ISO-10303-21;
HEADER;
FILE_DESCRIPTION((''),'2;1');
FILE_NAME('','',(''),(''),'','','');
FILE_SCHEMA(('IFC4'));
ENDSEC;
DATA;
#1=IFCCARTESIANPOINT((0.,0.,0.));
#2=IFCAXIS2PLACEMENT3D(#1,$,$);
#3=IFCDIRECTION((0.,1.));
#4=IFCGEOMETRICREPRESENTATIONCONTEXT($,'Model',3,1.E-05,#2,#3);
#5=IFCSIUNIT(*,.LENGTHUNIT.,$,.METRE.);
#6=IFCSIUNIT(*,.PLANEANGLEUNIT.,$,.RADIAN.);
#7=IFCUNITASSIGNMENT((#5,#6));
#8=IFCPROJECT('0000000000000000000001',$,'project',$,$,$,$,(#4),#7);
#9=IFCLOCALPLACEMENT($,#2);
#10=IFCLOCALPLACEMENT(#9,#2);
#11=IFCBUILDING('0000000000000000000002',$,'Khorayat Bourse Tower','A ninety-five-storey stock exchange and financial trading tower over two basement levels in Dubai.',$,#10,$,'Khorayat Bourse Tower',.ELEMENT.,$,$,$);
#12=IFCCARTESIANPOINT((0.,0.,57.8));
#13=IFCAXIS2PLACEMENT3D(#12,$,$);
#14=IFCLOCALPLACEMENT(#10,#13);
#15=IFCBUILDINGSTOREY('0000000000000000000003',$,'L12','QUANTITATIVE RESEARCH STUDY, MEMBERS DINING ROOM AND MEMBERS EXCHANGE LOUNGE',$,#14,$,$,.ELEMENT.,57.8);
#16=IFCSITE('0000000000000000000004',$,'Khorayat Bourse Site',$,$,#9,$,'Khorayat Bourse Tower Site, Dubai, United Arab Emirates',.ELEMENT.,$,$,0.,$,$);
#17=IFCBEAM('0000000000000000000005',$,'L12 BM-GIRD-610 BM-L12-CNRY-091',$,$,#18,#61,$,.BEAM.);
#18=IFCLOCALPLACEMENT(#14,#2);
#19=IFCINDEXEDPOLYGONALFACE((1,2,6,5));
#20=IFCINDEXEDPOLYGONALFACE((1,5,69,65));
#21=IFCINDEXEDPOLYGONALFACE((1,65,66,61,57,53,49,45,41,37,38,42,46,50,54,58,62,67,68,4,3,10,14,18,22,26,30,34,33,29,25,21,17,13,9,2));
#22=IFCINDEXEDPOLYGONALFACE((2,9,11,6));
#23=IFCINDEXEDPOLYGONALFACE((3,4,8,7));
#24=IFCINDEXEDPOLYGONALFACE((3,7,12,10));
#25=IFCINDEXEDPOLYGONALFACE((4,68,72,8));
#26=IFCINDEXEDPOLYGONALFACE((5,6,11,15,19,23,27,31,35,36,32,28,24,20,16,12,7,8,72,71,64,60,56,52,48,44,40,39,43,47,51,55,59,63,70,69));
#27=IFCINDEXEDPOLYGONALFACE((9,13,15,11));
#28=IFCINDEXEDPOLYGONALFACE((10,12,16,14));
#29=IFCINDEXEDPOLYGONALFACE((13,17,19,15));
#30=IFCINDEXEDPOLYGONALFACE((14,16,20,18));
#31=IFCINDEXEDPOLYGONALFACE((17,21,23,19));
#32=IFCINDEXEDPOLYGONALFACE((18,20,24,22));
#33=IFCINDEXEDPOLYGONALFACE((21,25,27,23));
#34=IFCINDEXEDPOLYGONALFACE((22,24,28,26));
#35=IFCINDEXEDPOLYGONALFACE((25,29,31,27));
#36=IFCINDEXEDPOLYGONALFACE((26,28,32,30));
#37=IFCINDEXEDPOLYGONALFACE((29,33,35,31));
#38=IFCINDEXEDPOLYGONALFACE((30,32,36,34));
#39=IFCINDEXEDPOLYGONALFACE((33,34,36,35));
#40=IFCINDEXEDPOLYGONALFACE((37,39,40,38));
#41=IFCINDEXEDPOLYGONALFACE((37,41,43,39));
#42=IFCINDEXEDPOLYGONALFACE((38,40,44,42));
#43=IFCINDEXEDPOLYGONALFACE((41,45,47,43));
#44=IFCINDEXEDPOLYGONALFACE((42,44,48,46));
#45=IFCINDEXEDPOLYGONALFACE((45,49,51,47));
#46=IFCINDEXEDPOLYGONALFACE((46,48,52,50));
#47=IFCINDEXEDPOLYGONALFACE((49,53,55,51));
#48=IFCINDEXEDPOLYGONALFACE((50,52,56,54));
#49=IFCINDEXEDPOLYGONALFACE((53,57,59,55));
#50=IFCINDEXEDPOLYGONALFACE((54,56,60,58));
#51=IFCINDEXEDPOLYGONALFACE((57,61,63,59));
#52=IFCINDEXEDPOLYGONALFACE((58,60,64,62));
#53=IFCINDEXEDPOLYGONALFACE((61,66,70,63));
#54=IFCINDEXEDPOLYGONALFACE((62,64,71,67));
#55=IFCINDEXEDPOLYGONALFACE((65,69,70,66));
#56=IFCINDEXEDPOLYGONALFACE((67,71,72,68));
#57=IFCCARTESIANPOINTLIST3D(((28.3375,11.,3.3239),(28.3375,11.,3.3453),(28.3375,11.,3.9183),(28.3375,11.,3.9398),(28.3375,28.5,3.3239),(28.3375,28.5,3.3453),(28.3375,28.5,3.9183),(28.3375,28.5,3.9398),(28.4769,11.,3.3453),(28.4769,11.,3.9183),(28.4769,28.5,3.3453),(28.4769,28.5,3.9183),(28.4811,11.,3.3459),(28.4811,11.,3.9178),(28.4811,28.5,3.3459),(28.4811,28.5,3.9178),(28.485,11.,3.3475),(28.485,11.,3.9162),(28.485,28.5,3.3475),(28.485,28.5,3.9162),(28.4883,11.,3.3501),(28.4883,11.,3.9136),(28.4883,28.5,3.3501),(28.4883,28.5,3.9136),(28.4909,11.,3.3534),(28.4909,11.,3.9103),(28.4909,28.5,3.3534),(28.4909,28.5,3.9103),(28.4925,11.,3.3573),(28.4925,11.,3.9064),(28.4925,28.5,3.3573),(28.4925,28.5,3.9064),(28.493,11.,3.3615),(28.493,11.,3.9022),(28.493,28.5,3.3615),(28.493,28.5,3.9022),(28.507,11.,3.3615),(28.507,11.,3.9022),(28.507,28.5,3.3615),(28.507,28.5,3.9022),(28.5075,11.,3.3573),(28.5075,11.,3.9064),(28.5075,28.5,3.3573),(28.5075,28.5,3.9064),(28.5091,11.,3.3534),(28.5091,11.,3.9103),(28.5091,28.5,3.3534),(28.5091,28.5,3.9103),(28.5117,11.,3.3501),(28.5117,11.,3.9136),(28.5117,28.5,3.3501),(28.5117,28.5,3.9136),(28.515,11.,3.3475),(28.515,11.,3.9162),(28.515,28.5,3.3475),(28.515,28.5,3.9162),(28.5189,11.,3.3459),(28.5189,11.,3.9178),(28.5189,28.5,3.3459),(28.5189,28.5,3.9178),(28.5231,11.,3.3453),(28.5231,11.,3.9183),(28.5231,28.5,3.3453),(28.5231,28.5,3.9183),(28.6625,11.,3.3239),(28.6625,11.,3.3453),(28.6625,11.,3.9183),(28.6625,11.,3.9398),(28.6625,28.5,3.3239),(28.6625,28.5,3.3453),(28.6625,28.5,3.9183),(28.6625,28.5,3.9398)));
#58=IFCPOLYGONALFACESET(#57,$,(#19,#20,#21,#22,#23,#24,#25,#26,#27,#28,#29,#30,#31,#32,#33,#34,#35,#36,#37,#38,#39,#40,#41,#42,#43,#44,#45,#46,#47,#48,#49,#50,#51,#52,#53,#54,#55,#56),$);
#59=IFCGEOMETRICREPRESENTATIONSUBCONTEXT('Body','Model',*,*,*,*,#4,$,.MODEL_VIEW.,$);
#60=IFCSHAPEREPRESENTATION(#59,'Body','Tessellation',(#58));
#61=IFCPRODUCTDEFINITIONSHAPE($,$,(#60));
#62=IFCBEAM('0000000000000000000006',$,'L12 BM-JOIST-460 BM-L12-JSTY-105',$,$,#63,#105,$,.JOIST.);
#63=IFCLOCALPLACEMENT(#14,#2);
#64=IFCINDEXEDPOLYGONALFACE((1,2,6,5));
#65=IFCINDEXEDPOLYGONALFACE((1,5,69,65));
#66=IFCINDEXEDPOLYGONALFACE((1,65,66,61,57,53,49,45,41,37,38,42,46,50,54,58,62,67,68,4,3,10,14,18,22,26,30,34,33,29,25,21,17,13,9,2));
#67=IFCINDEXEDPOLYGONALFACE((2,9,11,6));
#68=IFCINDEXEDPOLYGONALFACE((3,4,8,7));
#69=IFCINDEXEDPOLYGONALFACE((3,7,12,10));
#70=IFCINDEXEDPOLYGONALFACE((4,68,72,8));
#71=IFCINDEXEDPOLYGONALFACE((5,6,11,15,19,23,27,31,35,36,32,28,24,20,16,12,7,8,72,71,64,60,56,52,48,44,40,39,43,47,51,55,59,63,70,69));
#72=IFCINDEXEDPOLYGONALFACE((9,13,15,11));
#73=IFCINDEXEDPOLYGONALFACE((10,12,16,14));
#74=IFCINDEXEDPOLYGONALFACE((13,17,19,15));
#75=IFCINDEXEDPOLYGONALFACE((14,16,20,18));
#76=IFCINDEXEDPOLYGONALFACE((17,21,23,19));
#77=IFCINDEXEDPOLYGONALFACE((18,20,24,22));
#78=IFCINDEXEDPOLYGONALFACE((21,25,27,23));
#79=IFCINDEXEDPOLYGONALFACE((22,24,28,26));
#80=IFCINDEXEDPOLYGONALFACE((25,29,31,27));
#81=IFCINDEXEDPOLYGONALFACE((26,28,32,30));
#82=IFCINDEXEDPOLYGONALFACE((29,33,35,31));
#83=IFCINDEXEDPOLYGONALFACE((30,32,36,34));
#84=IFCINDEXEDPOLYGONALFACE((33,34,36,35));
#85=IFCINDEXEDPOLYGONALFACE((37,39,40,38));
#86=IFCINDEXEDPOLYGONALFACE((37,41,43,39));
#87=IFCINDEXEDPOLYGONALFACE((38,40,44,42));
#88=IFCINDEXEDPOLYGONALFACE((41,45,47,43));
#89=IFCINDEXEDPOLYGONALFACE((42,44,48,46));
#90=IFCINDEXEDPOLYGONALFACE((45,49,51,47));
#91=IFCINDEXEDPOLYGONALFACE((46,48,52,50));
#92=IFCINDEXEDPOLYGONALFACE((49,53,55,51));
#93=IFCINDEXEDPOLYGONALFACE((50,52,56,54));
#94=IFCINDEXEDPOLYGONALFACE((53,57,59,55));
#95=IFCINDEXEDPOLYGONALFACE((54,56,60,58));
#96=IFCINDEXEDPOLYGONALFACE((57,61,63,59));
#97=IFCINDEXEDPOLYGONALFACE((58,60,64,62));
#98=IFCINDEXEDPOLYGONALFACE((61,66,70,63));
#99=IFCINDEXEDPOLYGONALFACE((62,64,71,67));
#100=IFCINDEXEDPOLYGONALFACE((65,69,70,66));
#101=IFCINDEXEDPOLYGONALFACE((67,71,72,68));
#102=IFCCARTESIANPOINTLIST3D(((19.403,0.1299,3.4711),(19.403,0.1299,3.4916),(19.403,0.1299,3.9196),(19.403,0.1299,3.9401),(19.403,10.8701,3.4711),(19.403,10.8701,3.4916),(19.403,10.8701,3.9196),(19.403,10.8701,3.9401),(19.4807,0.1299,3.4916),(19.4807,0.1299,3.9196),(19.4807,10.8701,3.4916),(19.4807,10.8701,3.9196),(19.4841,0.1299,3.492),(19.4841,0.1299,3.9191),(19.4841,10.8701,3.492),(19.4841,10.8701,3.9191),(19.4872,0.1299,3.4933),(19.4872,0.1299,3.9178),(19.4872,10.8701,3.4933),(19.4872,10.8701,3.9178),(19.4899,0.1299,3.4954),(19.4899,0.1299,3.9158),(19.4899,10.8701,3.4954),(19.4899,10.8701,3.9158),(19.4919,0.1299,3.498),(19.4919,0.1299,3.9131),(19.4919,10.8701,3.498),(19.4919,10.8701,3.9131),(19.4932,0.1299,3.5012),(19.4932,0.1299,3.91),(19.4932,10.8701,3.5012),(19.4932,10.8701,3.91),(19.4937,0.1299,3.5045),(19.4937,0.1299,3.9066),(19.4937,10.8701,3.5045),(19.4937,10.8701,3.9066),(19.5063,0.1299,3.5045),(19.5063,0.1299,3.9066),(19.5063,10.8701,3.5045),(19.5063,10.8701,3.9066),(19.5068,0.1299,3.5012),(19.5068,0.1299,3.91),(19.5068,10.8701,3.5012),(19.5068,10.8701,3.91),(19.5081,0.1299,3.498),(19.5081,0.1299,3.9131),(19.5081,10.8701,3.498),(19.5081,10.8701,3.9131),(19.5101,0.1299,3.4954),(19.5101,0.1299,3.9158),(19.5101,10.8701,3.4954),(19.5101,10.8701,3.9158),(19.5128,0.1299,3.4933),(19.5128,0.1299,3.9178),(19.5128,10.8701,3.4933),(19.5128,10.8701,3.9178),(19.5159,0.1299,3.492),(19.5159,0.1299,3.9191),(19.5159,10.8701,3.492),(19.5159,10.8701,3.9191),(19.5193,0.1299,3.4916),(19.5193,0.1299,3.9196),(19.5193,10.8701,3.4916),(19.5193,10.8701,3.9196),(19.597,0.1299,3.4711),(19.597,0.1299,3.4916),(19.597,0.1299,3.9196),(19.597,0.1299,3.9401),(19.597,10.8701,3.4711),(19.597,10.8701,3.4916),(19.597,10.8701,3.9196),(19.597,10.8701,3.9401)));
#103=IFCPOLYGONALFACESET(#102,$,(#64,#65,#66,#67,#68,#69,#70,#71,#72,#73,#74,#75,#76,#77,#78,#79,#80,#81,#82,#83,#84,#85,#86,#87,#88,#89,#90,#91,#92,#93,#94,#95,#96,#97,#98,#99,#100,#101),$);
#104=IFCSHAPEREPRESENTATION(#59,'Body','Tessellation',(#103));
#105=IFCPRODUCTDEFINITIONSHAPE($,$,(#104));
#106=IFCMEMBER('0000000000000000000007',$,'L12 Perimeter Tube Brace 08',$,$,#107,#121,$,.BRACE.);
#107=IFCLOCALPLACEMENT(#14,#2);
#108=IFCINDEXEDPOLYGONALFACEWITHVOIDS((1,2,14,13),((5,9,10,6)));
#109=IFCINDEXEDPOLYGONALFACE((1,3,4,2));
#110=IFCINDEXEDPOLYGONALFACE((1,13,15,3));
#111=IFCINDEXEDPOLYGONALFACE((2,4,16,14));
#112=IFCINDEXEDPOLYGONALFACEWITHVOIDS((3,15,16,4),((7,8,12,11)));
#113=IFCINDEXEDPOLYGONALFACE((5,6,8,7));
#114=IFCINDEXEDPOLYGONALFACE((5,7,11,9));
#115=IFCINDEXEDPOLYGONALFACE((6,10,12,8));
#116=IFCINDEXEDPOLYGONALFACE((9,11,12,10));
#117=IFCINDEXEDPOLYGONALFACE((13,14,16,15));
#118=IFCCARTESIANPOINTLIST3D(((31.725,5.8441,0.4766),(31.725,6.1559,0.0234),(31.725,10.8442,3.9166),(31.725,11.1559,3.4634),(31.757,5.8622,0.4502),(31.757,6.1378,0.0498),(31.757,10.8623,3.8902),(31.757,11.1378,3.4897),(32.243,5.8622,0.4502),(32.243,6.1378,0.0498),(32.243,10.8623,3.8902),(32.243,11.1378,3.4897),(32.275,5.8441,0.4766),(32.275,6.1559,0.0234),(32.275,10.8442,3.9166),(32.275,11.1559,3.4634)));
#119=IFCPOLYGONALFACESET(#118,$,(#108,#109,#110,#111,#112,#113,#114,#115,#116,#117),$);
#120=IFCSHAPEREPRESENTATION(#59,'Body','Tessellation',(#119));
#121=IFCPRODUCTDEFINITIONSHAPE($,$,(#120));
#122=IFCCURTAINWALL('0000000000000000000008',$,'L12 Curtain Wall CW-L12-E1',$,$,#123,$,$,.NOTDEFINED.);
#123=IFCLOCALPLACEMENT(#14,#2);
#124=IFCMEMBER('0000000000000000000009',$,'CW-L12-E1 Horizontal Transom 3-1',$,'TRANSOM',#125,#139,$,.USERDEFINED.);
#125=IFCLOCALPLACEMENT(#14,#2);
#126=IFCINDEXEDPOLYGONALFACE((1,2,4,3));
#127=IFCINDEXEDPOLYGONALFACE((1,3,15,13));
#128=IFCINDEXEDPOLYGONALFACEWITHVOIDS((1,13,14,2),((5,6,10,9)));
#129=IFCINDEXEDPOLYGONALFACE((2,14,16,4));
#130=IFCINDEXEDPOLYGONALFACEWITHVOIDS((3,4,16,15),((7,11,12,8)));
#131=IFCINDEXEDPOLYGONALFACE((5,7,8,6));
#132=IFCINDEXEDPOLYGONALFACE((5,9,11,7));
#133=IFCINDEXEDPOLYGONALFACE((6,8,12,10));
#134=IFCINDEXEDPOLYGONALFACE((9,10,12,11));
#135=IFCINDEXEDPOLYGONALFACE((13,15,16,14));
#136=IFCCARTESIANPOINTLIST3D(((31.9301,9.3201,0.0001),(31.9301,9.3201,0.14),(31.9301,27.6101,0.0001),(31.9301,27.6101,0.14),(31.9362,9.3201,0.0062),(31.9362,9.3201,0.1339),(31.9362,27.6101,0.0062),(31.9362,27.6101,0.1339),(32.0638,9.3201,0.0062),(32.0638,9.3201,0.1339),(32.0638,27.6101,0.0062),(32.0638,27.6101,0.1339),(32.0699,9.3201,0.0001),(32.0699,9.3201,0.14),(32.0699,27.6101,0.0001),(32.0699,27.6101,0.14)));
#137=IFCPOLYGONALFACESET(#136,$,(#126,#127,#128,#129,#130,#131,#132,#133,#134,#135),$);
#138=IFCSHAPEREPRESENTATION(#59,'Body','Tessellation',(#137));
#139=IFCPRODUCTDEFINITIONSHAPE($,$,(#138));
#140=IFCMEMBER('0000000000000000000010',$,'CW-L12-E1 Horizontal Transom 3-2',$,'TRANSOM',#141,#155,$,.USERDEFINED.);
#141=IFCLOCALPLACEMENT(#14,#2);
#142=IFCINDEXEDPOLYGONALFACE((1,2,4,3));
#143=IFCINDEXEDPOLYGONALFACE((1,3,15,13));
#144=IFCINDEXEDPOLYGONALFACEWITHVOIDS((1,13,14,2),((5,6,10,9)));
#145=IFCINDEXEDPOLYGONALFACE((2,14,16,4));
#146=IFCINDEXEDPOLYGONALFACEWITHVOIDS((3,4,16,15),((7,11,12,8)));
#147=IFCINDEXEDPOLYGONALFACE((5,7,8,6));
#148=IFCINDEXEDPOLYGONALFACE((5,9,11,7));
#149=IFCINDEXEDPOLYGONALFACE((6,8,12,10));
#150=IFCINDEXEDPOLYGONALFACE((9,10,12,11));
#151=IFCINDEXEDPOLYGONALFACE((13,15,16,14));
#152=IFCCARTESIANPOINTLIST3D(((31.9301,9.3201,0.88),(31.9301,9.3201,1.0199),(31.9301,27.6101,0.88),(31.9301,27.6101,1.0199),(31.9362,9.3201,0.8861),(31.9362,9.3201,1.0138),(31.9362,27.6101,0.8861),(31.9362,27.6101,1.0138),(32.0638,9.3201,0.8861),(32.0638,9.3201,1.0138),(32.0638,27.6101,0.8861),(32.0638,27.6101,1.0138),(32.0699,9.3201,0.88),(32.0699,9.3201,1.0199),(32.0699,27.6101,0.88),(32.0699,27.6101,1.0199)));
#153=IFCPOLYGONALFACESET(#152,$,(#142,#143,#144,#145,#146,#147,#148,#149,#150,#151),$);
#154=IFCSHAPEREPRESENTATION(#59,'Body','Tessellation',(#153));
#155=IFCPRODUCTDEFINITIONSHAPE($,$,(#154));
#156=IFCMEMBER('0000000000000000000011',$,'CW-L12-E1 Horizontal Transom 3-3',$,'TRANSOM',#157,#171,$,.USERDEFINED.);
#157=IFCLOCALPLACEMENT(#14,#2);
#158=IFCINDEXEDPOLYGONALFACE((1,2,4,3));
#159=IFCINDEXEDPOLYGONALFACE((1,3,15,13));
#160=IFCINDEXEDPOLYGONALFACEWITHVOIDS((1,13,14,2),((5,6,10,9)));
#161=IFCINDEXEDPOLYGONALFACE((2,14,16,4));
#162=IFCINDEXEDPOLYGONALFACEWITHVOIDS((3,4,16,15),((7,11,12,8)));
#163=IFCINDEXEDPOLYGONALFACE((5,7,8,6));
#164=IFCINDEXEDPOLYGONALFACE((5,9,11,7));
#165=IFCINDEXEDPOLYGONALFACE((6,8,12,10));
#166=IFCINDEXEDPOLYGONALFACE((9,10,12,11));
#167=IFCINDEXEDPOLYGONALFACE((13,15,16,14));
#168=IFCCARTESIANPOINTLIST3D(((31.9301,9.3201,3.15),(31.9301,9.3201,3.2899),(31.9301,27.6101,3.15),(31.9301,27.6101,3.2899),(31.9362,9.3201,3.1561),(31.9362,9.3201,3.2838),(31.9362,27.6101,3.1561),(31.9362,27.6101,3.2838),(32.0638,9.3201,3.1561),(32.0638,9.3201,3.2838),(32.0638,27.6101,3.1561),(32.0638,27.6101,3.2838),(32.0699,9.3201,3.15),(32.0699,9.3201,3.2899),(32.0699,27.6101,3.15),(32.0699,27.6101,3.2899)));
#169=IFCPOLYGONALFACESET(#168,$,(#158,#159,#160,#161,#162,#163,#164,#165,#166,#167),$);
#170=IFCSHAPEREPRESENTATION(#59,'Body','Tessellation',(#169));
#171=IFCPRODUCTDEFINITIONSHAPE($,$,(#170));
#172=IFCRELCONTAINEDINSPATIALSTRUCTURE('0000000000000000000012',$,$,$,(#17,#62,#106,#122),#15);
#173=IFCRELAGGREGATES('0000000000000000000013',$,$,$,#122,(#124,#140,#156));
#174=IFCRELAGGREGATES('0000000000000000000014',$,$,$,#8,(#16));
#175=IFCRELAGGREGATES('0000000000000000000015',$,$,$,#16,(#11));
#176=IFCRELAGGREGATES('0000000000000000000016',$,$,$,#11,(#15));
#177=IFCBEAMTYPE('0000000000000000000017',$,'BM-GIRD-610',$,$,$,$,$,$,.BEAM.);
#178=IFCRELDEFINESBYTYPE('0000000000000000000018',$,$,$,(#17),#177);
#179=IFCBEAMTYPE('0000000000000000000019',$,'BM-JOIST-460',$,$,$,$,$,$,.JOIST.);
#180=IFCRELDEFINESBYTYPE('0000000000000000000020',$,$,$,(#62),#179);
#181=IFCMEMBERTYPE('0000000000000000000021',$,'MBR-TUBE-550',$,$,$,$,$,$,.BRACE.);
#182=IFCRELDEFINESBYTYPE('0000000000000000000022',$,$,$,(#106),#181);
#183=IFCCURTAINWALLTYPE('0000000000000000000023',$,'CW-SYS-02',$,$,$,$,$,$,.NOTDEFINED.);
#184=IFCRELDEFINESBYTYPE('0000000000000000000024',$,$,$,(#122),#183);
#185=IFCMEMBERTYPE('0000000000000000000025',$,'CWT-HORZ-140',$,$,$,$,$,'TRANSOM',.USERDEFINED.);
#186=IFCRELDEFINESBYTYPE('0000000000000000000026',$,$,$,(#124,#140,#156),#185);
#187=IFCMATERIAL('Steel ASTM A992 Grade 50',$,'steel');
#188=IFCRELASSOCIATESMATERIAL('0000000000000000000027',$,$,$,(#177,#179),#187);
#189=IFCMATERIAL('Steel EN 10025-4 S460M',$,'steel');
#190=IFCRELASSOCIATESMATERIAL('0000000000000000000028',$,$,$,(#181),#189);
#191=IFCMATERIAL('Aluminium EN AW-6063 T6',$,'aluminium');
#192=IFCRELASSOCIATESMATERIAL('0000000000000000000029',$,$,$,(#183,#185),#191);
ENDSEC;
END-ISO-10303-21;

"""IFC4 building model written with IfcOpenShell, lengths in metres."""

from ifc_helpers import new_model, si_unit, direction, frame, origin, origin_2d, place, context, subcontext, project, spatial, hollow_rectangle, i_section, extrude, source, transform, mapped, material, material_profile, profile_set, type_object, element, aggregate, save


model = new_model("IFC4")

# Units and contexts
model_context = context("Model", 3, precision=1e-05, world=origin(), true_north=direction((0.0, 1.0)))
body_context = subcontext(model_context, "Body", "Model", "MODEL_VIEW")
ifc_project = project(units=[si_unit("LENGTHUNIT", "METRE"), si_unit("PLANEANGLEUNIT", "RADIAN")], contexts=[model_context])

# Site, building, storey
site_placement = place(None, origin())
site = spatial("IfcSite", under=ifc_project, at=site_placement, Name="Khorayat Bourse Site", LongName="Khorayat Bourse Tower Site, Dubai, United Arab Emirates", CompositionType="ELEMENT", RefElevation=0.0)
building_placement = place(site_placement, origin())
building = spatial("IfcBuilding", under=site, at=building_placement, Name="Khorayat Bourse Tower", Description="A ninety-five-storey stock exchange and financial trading tower over two basement levels in Dubai.", LongName="Khorayat Bourse Tower", CompositionType="ELEMENT")
storey_placement = place(building_placement, frame((0.0, 0.0, 57.8)))
storey = spatial("IfcBuildingStorey", under=building, at=storey_placement, Name="L12", Description="QUANTITATIVE RESEARCH STUDY, MEMBERS DINING ROOM AND MEMBERS EXCHANGE LOUNGE", CompositionType="ELEMENT", Elevation=57.8)

# Shared definitions
ifc_material_1 = material(Name="Steel EN 10025-4 S460M", Category="steel")

# Beams
ifc_material_2 = material(Name="Steel ASTM A992 Grade 50", Category="steel")
ifc_material_profile_1 = material_profile(ifc_material_2, i_section(OverallWidth=0.325, OverallDepth=0.616, WebThickness=0.0139, FlangeThickness=0.0215, FilletRadius=0.0161, at=origin_2d()), Name="W610X174")
ifc_profile_set_1 = profile_set([ifc_material_profile_1], Name="Steel ASTM A992 Grade 50")
beam_type_1 = type_object("IfcBeamType", Name="BM-GIRD-610", PredefinedType="BEAM", material=ifc_profile_set_1)
shared_shape_1 = source(origin(), body_context, "Body", "SweptSolid", [
    extrude(i_section(OverallWidth=0.325, OverallDepth=0.616, WebThickness=0.0139, FlangeThickness=0.0215, FilletRadius=0.0161, at=origin_2d()), origin(), (0.0, 0.0, 1.0), 17.5),
])
beam_1_placement = place(storey_placement, frame((28.5, 11.0, 3.6318), z_axis=(0.0, 1.0, 0.0), x_axis=(-1.0, 0.0, 0.0)))
element("IfcBeam", 1, at=beam_1_placement, inside=storey, type_object=beam_type_1, Name="L12 BM-GIRD-610 BM-L12-CNRY-091", PredefinedType="BEAM", context=body_context, shape_type="MappedRepresentation", body=[
    mapped(shared_shape_1, transform((0.0, 0.0, 0.0), scale=1.0)),
])
ifc_material_profile_2 = material_profile(ifc_material_2, i_section(OverallWidth=0.1941, OverallDepth=0.469, WebThickness=0.0127, FlangeThickness=0.0205, FilletRadius=0.0129, at=origin_2d()), Name="W460X106")
ifc_profile_set_2 = profile_set([ifc_material_profile_2], Name="Steel ASTM A992 Grade 50")
beam_type_2 = type_object("IfcBeamType", Name="BM-JOIST-460", PredefinedType="JOIST", material=ifc_profile_set_2)
shared_shape_2 = source(origin(), body_context, "Body", "SweptSolid", [
    extrude(i_section(OverallWidth=0.1941, OverallDepth=0.469, WebThickness=0.0127, FlangeThickness=0.0205, FilletRadius=0.0129, at=origin_2d()), origin(), (0.0, 0.0, 1.0), 10.7402),
])
beam_2_placement = place(storey_placement, frame((19.5, 0.1299, 3.7056), z_axis=(0.0, 1.0, 0.0), x_axis=(-1.0, 0.0, 0.0)))
element("IfcBeam", 2, at=beam_2_placement, inside=storey, type_object=beam_type_2, Name="L12 BM-JOIST-460 BM-L12-JSTY-105", PredefinedType="JOIST", context=body_context, shape_type="MappedRepresentation", body=[
    mapped(shared_shape_2, transform((0.0, 0.0, 0.0), scale=1.0)),
])

# Member
ifc_material_profile_3 = material_profile(ifc_material_1, hollow_rectangle(XDim=0.55, YDim=0.55, WallThickness=0.032, at=origin_2d()), Name="HSS 550x550x32")
ifc_profile_set_3 = profile_set([ifc_material_profile_3], Name="Steel EN 10025-4 S460M")
member_type_1 = type_object("IfcMemberType", Name="MBR-TUBE-550", PredefinedType="BRACE", material=ifc_profile_set_3)
shared_shape_3 = source(origin(), body_context, "Body", "SweptSolid", [
    extrude(hollow_rectangle(XDim=0.55, YDim=0.55, WallThickness=0.032, at=origin_2d()), origin(), (0.0, 0.0, 1.0), 6.0691),
])
member_1_placement = place(storey_placement, frame((32.0, 6.0, 0.25), z_axis=(0.0, 0.823854, 0.566802), x_axis=(-1.0, 0.0, 0.0)))
element("IfcMember", 3, at=member_1_placement, inside=storey, type_object=member_type_1, Name="L12 Perimeter Tube Brace 08", PredefinedType="BRACE", context=body_context, shape_type="MappedRepresentation", body=[
    mapped(shared_shape_3, transform((0.0, 0.0, 0.0), scale=1.0)),
])

# Curtain wall, members
ifc_material_3 = material(Name="Aluminium EN AW-6063 T6", Category="aluminium")
curtain_wall_type = type_object("IfcCurtainWallType", Name="CW-SYS-02", PredefinedType="NOTDEFINED", material=ifc_material_3)
curtain_wall_placement = place(storey_placement, origin())
curtain_wall = element("IfcCurtainWall", 4, at=curtain_wall_placement, inside=storey, type_object=curtain_wall_type, Name="L12 Curtain Wall CW-L12-E1", PredefinedType="NOTDEFINED")
ifc_material_profile_4 = material_profile(ifc_material_3, hollow_rectangle(XDim=0.1399, YDim=0.1399, WallThickness=0.0061, at=origin_2d()), Name="ALU 140x140x6")
ifc_profile_set_4 = profile_set([ifc_material_profile_4], Name="Aluminium EN AW-6063 T6")
member_type_2 = type_object("IfcMemberType", Name="CWT-HORZ-140", ElementType="TRANSOM", PredefinedType="USERDEFINED", material=ifc_profile_set_4)
shared_shape_4 = source(origin(), body_context, "Body", "SweptSolid", [
    extrude(hollow_rectangle(XDim=0.1399, YDim=0.1399, WallThickness=0.0061, at=origin_2d()), origin(), (0.0, 0.0, 1.0), 18.29),
])
member_2_placement = place(storey_placement, frame((32.0, 9.3201, 0.0701), z_axis=(0.0, 1.0, 0.0), x_axis=(-1.0, 0.0, 0.0)))
member_2 = element("IfcMember", 5, at=member_2_placement, type_object=member_type_2, Name="CW-L12-E1 Horizontal Transom 3-1", ObjectType="TRANSOM", PredefinedType="USERDEFINED", context=body_context, shape_type="MappedRepresentation", body=[
    mapped(shared_shape_4, transform((0.0, 0.0, 0.0), scale=1.0)),
])
member_3_placement = place(storey_placement, frame((32.0, 9.3201, 0.95), z_axis=(0.0, 1.0, 0.0), x_axis=(-1.0, 0.0, 0.0)))
member_3 = element("IfcMember", 6, at=member_3_placement, type_object=member_type_2, Name="CW-L12-E1 Horizontal Transom 3-2", ObjectType="TRANSOM", PredefinedType="USERDEFINED", context=body_context, shape_type="MappedRepresentation", body=[
    mapped(shared_shape_4, transform((0.0, 0.0, 0.0), scale=1.0)),
])
member_4_placement = place(storey_placement, frame((32.0, 9.3201, 3.22), z_axis=(0.0, 1.0, 0.0), x_axis=(-1.0, 0.0, 0.0)))
member_4 = element("IfcMember", 7, at=member_4_placement, type_object=member_type_2, Name="CW-L12-E1 Horizontal Transom 3-3", ObjectType="TRANSOM", PredefinedType="USERDEFINED", context=body_context, shape_type="MappedRepresentation", body=[
    mapped(shared_shape_4, transform((0.0, 0.0, 0.0), scale=1.0)),
])

aggregate(curtain_wall, [member_2, member_3, member_4])

save(model, "model.ifc")
